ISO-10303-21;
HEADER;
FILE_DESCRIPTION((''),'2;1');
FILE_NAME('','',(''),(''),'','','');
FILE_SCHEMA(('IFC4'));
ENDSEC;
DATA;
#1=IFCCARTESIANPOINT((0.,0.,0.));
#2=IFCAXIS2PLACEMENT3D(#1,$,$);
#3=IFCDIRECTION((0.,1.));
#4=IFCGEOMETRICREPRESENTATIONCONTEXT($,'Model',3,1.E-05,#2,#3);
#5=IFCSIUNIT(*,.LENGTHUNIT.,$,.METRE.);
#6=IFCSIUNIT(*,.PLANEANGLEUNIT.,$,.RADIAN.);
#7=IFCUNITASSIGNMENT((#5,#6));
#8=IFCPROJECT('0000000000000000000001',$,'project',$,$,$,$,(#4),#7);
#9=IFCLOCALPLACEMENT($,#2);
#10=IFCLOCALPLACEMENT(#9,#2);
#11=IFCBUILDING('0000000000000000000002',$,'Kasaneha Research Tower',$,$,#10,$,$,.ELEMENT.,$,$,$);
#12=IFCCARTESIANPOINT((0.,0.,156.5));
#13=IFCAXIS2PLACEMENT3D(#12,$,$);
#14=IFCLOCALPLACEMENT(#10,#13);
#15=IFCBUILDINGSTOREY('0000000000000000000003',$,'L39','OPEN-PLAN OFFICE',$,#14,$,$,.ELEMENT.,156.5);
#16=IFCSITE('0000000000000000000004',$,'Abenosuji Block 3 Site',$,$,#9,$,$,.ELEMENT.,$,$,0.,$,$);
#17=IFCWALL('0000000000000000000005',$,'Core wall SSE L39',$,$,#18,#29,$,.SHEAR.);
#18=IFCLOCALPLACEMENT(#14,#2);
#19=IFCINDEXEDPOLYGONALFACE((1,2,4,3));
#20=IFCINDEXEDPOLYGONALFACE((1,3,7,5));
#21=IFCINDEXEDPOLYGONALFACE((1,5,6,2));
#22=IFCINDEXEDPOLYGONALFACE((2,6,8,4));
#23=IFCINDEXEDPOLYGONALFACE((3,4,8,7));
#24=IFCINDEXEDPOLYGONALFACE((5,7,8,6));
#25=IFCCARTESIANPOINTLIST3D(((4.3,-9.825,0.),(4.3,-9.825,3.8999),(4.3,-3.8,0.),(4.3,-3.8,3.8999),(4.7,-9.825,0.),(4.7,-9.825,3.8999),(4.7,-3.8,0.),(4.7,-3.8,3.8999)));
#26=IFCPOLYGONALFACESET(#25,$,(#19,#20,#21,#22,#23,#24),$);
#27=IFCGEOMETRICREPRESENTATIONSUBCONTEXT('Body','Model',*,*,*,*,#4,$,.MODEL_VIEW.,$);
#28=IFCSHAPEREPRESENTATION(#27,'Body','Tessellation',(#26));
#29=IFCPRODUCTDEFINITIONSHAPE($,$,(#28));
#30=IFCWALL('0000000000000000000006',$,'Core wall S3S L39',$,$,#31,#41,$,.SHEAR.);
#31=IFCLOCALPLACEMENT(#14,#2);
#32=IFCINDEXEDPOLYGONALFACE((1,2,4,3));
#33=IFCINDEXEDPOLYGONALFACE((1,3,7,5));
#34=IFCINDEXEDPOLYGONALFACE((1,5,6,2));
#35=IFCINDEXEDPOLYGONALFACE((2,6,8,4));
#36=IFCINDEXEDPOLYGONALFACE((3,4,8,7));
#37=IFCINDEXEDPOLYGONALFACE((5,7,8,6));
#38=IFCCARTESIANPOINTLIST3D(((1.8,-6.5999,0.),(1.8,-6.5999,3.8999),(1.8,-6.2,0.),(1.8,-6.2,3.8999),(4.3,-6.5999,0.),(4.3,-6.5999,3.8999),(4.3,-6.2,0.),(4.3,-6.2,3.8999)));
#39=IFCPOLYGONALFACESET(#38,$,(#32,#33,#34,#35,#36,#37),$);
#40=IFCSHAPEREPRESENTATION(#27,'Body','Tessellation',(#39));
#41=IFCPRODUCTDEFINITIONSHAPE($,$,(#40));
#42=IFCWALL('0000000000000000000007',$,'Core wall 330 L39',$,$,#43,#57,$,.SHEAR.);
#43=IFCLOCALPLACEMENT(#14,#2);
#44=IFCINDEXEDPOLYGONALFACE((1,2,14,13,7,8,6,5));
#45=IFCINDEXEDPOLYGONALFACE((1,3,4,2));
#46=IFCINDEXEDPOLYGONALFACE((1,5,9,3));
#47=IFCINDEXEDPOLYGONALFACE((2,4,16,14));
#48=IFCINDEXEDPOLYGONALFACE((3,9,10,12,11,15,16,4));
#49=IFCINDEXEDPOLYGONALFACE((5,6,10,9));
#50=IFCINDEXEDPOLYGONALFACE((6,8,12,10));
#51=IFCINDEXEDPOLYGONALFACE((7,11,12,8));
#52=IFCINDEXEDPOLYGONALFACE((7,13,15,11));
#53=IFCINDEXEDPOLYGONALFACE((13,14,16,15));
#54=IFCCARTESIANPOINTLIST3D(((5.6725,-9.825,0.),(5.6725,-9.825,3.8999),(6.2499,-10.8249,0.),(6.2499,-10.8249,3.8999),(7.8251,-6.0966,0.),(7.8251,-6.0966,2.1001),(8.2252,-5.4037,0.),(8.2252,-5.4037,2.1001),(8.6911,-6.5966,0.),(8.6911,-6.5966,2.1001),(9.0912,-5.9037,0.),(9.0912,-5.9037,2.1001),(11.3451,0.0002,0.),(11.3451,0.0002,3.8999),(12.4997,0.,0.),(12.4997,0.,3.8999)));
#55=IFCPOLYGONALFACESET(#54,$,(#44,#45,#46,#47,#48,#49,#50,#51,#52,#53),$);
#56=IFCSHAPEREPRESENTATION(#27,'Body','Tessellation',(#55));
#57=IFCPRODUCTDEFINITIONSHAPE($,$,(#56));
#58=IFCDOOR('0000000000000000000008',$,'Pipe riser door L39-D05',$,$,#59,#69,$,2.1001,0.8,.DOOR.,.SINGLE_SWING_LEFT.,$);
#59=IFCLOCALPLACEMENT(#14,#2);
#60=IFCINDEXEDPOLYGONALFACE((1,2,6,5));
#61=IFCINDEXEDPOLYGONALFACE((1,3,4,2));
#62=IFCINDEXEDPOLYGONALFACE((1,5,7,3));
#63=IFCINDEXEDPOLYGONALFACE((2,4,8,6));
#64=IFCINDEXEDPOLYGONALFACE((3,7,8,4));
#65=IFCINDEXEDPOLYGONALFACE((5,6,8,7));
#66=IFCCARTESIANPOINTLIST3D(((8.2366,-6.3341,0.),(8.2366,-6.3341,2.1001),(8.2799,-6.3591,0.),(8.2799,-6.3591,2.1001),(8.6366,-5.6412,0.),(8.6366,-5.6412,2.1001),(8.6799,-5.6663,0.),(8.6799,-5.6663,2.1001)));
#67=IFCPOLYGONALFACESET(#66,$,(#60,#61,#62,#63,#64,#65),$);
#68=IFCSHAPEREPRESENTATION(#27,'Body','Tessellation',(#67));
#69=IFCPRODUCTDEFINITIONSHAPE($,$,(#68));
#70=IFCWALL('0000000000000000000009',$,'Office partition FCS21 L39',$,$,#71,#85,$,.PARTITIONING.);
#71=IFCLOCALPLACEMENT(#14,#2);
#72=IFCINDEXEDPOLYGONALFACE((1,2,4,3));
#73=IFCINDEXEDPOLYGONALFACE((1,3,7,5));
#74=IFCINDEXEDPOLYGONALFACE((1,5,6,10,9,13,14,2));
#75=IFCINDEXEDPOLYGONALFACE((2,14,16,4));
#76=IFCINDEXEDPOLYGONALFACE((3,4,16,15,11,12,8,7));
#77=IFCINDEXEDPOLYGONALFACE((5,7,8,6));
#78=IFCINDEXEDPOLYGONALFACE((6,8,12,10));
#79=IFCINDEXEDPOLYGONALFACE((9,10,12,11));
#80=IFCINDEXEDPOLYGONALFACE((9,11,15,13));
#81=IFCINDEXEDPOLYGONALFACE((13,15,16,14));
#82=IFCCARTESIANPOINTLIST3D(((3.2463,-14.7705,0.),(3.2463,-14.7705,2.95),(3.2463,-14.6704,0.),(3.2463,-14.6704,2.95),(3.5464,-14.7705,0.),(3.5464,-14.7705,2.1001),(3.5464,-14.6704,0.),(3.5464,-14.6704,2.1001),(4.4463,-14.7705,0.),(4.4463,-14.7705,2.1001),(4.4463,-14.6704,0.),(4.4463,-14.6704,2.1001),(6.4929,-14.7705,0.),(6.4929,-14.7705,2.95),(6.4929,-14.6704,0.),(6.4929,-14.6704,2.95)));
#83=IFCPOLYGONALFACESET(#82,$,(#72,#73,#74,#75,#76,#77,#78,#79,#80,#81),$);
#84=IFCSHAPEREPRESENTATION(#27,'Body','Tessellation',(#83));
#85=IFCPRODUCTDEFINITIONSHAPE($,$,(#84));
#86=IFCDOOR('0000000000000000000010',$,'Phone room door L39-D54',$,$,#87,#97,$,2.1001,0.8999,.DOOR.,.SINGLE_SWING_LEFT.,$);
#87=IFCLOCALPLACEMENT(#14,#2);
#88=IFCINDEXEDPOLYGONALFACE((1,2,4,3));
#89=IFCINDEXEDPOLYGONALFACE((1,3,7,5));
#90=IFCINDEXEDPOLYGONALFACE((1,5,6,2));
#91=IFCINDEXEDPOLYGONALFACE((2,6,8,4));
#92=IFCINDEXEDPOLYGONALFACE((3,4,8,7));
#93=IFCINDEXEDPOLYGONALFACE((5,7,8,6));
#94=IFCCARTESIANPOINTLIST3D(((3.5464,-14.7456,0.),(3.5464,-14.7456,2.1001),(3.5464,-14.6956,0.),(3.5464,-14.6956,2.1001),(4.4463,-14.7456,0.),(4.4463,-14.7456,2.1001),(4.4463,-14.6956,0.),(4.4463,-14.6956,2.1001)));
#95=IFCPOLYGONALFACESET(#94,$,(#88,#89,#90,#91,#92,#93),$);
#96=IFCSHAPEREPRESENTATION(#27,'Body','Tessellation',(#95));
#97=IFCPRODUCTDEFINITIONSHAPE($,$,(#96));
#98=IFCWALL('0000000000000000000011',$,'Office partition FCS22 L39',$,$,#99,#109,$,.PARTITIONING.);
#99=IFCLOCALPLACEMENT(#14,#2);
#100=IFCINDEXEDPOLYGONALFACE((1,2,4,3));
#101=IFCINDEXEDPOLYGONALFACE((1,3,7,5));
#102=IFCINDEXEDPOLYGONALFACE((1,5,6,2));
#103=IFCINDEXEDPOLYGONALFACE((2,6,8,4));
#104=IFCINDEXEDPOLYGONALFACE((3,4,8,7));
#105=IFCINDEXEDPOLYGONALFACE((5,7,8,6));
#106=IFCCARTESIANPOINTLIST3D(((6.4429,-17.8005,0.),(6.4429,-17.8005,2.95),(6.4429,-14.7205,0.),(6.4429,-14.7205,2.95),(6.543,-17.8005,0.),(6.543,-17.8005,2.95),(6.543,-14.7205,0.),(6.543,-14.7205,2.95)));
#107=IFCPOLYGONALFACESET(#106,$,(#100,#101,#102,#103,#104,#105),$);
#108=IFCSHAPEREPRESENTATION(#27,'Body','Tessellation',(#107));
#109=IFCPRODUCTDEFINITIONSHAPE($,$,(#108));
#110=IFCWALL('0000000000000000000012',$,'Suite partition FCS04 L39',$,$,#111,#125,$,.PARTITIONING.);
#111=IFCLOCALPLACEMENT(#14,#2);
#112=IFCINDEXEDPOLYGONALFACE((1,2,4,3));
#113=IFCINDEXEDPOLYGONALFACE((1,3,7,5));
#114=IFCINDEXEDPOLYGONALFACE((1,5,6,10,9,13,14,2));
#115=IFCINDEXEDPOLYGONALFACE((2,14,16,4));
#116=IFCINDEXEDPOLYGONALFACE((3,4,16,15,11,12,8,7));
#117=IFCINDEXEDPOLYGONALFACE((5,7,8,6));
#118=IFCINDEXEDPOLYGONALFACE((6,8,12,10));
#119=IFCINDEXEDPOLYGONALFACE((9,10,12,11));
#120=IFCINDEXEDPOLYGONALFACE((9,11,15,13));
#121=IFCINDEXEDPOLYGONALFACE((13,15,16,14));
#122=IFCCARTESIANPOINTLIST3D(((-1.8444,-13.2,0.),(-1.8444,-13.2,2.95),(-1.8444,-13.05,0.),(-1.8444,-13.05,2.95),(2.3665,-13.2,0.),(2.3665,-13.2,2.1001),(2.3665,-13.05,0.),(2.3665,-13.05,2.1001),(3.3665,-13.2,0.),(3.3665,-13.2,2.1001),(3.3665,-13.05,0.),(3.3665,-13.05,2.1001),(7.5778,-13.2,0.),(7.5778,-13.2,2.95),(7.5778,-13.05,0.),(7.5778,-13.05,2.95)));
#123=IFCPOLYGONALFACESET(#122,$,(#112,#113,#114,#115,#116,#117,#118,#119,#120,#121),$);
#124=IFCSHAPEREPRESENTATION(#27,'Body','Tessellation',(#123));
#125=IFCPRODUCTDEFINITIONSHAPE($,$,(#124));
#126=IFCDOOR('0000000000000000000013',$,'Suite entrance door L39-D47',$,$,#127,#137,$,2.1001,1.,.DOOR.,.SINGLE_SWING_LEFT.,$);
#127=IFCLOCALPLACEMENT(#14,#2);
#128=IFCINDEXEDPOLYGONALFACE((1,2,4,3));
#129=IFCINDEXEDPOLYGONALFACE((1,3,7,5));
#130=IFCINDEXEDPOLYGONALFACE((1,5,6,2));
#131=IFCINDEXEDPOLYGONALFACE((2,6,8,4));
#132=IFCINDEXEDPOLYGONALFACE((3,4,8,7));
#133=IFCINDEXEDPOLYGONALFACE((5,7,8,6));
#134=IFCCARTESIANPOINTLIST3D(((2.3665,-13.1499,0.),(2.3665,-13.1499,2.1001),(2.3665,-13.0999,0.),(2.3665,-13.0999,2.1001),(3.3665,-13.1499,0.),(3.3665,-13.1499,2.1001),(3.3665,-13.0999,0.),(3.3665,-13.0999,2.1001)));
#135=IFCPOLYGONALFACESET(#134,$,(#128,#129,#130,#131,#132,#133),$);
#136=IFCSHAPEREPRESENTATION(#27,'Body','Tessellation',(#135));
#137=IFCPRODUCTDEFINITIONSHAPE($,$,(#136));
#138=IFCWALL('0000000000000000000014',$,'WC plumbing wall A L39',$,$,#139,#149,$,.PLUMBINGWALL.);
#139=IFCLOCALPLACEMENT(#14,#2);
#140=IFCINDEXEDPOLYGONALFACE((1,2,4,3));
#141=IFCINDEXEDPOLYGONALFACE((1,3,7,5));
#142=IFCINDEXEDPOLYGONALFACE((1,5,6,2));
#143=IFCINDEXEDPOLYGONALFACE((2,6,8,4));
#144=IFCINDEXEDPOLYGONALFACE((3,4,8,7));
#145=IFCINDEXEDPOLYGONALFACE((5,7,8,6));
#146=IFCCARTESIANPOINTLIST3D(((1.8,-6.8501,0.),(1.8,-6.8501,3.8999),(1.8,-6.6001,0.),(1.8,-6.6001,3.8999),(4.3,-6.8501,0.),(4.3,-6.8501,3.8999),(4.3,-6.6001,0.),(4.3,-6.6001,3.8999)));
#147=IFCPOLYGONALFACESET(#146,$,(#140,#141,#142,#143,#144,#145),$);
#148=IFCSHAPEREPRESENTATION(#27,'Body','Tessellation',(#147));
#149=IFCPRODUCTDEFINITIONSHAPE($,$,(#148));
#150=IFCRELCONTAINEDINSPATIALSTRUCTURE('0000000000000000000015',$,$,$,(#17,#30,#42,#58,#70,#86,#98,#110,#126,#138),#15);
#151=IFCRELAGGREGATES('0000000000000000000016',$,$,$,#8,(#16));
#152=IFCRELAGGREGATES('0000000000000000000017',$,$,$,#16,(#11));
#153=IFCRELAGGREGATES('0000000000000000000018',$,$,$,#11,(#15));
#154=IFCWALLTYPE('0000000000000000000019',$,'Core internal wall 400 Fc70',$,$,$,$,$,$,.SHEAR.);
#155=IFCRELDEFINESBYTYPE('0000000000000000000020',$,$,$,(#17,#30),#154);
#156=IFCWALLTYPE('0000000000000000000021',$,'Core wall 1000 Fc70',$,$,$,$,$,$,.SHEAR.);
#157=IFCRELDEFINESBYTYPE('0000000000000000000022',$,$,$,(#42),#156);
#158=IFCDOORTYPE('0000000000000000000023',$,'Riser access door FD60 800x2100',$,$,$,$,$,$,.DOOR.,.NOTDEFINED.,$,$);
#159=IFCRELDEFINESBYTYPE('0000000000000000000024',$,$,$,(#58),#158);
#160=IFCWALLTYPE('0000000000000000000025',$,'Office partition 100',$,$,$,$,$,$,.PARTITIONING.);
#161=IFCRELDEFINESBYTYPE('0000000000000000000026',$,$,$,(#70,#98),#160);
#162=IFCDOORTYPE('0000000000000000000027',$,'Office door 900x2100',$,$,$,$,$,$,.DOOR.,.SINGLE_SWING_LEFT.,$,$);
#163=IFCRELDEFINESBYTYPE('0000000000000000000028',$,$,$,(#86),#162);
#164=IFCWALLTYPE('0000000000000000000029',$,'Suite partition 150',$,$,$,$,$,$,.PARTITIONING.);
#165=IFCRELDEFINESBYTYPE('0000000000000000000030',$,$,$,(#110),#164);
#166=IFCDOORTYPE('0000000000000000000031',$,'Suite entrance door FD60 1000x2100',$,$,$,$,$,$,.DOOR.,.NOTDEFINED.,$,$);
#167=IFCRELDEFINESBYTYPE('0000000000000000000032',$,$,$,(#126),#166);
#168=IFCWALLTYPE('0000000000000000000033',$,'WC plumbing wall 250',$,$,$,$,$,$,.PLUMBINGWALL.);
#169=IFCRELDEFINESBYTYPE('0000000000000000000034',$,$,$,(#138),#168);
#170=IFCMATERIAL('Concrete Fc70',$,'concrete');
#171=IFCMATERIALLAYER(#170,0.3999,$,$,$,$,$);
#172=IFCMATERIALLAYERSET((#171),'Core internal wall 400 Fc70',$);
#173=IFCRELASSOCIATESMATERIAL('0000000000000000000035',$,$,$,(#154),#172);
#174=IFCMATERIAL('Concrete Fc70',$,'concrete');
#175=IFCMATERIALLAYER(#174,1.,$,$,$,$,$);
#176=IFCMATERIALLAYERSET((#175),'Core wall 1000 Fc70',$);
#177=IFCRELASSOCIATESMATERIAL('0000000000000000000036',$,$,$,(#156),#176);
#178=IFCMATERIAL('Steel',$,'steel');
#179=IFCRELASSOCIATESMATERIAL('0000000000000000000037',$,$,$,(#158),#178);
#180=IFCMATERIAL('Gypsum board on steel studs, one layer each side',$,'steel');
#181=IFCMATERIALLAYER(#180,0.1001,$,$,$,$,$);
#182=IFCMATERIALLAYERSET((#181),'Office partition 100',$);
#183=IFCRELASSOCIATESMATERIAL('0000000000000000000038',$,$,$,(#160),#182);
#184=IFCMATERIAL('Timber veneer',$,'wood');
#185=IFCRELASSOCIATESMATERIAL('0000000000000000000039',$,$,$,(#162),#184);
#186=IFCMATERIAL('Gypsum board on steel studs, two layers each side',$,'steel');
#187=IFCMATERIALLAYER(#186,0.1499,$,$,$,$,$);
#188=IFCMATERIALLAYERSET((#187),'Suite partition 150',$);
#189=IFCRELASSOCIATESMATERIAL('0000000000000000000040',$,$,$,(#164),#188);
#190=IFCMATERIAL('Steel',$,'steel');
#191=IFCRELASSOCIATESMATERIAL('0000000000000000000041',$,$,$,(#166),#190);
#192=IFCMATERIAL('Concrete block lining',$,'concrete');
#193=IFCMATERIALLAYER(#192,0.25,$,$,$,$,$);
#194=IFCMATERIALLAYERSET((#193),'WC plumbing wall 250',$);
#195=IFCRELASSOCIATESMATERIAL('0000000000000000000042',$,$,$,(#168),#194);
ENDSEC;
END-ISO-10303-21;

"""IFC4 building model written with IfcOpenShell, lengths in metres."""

from ifc_helpers import new_model, si_unit, direction, frame, frame_2d, origin, place, context, subcontext, project, spatial, polyline, rectangle, outline, extrude, material, layer, layer_set, type_object, element, fill, save


model = new_model("IFC4")

# Units and contexts
model_context = context("Model", 3, precision=1e-05, world=origin(), true_north=direction((0.0, 1.0)))
body_context = subcontext(model_context, "Body", "Model", "MODEL_VIEW")
ifc_project = project(units=[si_unit("LENGTHUNIT", "METRE"), si_unit("PLANEANGLEUNIT", "RADIAN")], contexts=[model_context])

# Site, building, storey
site_placement = place(None, origin())
site = spatial("IfcSite", under=ifc_project, at=site_placement, Name="Abenosuji Block 3 Site", CompositionType="ELEMENT", RefElevation=0.0)
building_placement = place(site_placement, origin())
building = spatial("IfcBuilding", under=site, at=building_placement, Name="Kasaneha Research Tower", CompositionType="ELEMENT")
storey_placement = place(building_placement, frame((0.0, 0.0, 156.5)))
storey = spatial("IfcBuildingStorey", under=building, at=storey_placement, Name="L39", Description="OPEN-PLAN OFFICE", CompositionType="ELEMENT", Elevation=156.5)

# Shared definitions
ifc_material_1 = material(Name="Concrete Fc70", Category="concrete")
ifc_layer_1 = layer(ifc_material_1, 0.3999)
ifc_layer_set_1 = layer_set([ifc_layer_1], Name="Core internal wall 400 Fc70")
wall_type_1 = type_object("IfcWallType", Name="Core internal wall 400 Fc70", PredefinedType="SHEAR", material=ifc_layer_set_1)

# Walls
wall_1_placement = place(storey_placement, frame((4.5, -3.8, 0.0), z_axis=(0.0, 0.0, 1.0), x_axis=(0.0, -1.0, 0.0)))
element("IfcWall", 1, at=wall_1_placement, inside=storey, type_object=wall_type_1, Name="Core wall SSE L39", PredefinedType="SHEAR", context=body_context, shape_type="SweptSolid", body=[
    extrude(rectangle(XDim=6.0249, YDim=0.3999, at=frame_2d((3.0125, 0.0))), origin(), (0.0, 0.0, 1.0), 3.8999),
])
wall_2_placement = place(storey_placement, frame((1.8, -6.3999, 0.0), z_axis=(0.0, 0.0, 1.0), x_axis=(1.0, 0.0, 0.0)))
element("IfcWall", 2, at=wall_2_placement, inside=storey, type_object=wall_type_1, Name="Core wall S3S L39", PredefinedType="SHEAR", context=body_context, shape_type="SweptSolid", body=[
    extrude(rectangle(XDim=2.5, YDim=0.3999, at=frame_2d((1.25, 0.0))), origin(), (0.0, 0.0, 1.0), 3.8999),
])

# Walls, openings, doors
ifc_material_2 = material(Name="Concrete Fc70", Category="concrete")
ifc_layer_2 = layer(ifc_material_2, 1.0)
ifc_layer_set_2 = layer_set([ifc_layer_2], Name="Core wall 1000 Fc70")
wall_type_2 = type_object("IfcWallType", Name="Core wall 1000 Fc70", PredefinedType="SHEAR", material=ifc_layer_set_2)
wall_3_placement = place(storey_placement, frame((5.9612, -10.325, 0.0), z_axis=(0.0, 0.0, 1.0), x_axis=(0.500004, 0.866023, 0.0)))
wall_3 = element("IfcWall", 3, at=wall_3_placement, inside=storey, type_object=wall_type_2, Name="Core wall 330 L39", PredefinedType="SHEAR", context=body_context, shape_type="SweptSolid", body=[
    extrude(outline(polyline([(-0.2886, -0.5), (4.594, -0.5), (5.394, -0.5), (12.2109, -0.5), (11.6338, 0.5), (5.394, 0.5), (4.594, 0.5), (0.2886, 0.5), (-0.2886, -0.5)])), origin(), (0.0, 0.0, 1.0), 3.8999),
])
opening_1_placement = place(wall_3_placement, frame((4.594, 0.0, 0.0)))
opening_1 = element("IfcOpeningElement", 4, at=opening_1_placement, cuts=wall_3, PredefinedType="OPENING", context=body_context, shape_type="SweptSolid", body=[
    extrude(rectangle(XDim=0.8, YDim=2.1001, at=frame_2d((0.3999, 1.05))), frame((0.0, 0.51, 0.0), z_axis=(0.0, -1.0, 0.0), x_axis=(1.0, 0.0, 0.0)), (0.0, 0.0, 1.0), 1.02),
])
ifc_material_3 = material(Name="Steel", Category="steel")
door_type_1 = type_object("IfcDoorType", Name="Riser access door FD60 800x2100", OperationType="NOTDEFINED", PredefinedType="DOOR", material=ifc_material_3)
door_1_placement = place(opening_1_placement, origin())
door_1 = element("IfcDoor", 5, at=door_1_placement, inside=storey, type_object=door_type_1, Name="Pipe riser door L39-D05", OperationType="SINGLE_SWING_LEFT", OverallHeight=2.1001, OverallWidth=0.8, PredefinedType="DOOR", context=body_context, shape_type="SweptSolid", body=[
    extrude(rectangle(XDim=0.8, YDim=2.1001, at=frame_2d((0.3999, 1.05))), frame((0.0, 0.0249, 0.0), z_axis=(0.0, -1.0, 0.0), x_axis=(1.0, 0.0, 0.0)), (0.0, 0.0, 1.0), 0.05),
])
fill(opening_1, door_1)
ifc_material_4 = material(Name="Gypsum board on steel studs, one layer each side", Category="steel")
ifc_layer_3 = layer(ifc_material_4, 0.1001)
ifc_layer_set_3 = layer_set([ifc_layer_3], Name="Office partition 100")
wall_type_3 = type_object("IfcWallType", Name="Office partition 100", PredefinedType="PARTITIONING", material=ifc_layer_set_3)
wall_4_placement = place(storey_placement, frame((3.2463, -14.7205, 0.0), z_axis=(0.0, 0.0, 1.0), x_axis=(1.0, 0.0, 0.0)))
wall_4 = element("IfcWall", 6, at=wall_4_placement, inside=storey, type_object=wall_type_3, Name="Office partition FCS21 L39", PredefinedType="PARTITIONING", context=body_context, shape_type="SweptSolid", body=[
    extrude(rectangle(XDim=3.2466, YDim=0.1001, at=frame_2d((1.6233, 0.0))), origin(), (0.0, 0.0, 1.0), 2.95),
])
opening_2_placement = place(wall_4_placement, frame((0.3, 0.0, 0.0)))
opening_2 = element("IfcOpeningElement", 7, at=opening_2_placement, cuts=wall_4, PredefinedType="OPENING", context=body_context, shape_type="SweptSolid", body=[
    extrude(rectangle(XDim=0.8999, YDim=2.1001, at=frame_2d((0.45, 1.05))), frame((0.0, 0.0601, 0.0), z_axis=(0.0, -1.0, 0.0), x_axis=(1.0, 0.0, 0.0)), (0.0, 0.0, 1.0), 0.1201),
])
ifc_material_5 = material(Name="Timber veneer", Category="wood")
door_type_2 = type_object("IfcDoorType", Name="Office door 900x2100", OperationType="SINGLE_SWING_LEFT", PredefinedType="DOOR", material=ifc_material_5)
door_2_placement = place(opening_2_placement, origin())
door_2 = element("IfcDoor", 8, at=door_2_placement, inside=storey, type_object=door_type_2, Name="Phone room door L39-D54", OperationType="SINGLE_SWING_LEFT", OverallHeight=2.1001, OverallWidth=0.8999, PredefinedType="DOOR", context=body_context, shape_type="SweptSolid", body=[
    extrude(rectangle(XDim=0.8999, YDim=2.1001, at=frame_2d((0.45, 1.05))), frame((0.0, 0.0249, 0.0), z_axis=(0.0, -1.0, 0.0), x_axis=(1.0, 0.0, 0.0)), (0.0, 0.0, 1.0), 0.05),
])
fill(opening_2, door_2)

# Wall
wall_5_placement = place(storey_placement, frame((6.4929, -14.7205, 0.0), z_axis=(0.0, 0.0, 1.0), x_axis=(0.0, -1.0, 0.0)))
element("IfcWall", 9, at=wall_5_placement, inside=storey, type_object=wall_type_3, Name="Office partition FCS22 L39", PredefinedType="PARTITIONING", context=body_context, shape_type="SweptSolid", body=[
    extrude(rectangle(XDim=3.0801, YDim=0.1001, at=frame_2d((1.54, 0.0))), origin(), (0.0, 0.0, 1.0), 2.95),
])

# Wall, opening, door
ifc_material_6 = material(Name="Gypsum board on steel studs, two layers each side", Category="steel")
ifc_layer_4 = layer(ifc_material_6, 0.1499)
ifc_layer_set_4 = layer_set([ifc_layer_4], Name="Suite partition 150")
wall_type_4 = type_object("IfcWallType", Name="Suite partition 150", PredefinedType="PARTITIONING", material=ifc_layer_set_4)
wall_6_placement = place(storey_placement, frame((7.5776, -13.125, 0.0), z_axis=(0.0, 0.0, 1.0), x_axis=(-1.0, 0.0, 0.0)))
wall_6 = element("IfcWall", 10, at=wall_6_placement, inside=storey, type_object=wall_type_4, Name="Suite partition FCS04 L39", PredefinedType="PARTITIONING", context=body_context, shape_type="SweptSolid", body=[
    extrude(rectangle(XDim=9.4221, YDim=0.1499, at=frame_2d((4.7109, 0.0))), origin(), (0.0, 0.0, 1.0), 2.95),
])
opening_3_placement = place(wall_6_placement, frame((4.2112, 0.0, 0.0)))
opening_3 = element("IfcOpeningElement", 11, at=opening_3_placement, cuts=wall_6, PredefinedType="OPENING", context=body_context, shape_type="SweptSolid", body=[
    extrude(rectangle(XDim=1.0, YDim=2.1001, at=frame_2d((0.5, 1.05))), frame((0.0, 0.085, 0.0), z_axis=(0.0, -1.0, 0.0), x_axis=(1.0, 0.0, 0.0)), (0.0, 0.0, 1.0), 0.1699),
])
ifc_material_7 = material(Name="Steel", Category="steel")
door_type_3 = type_object("IfcDoorType", Name="Suite entrance door FD60 1000x2100", OperationType="NOTDEFINED", PredefinedType="DOOR", material=ifc_material_7)
door_3_placement = place(opening_3_placement, origin())
door_3 = element("IfcDoor", 12, at=door_3_placement, inside=storey, type_object=door_type_3, Name="Suite entrance door L39-D47", OperationType="SINGLE_SWING_LEFT", OverallHeight=2.1001, OverallWidth=1.0, PredefinedType="DOOR", context=body_context, shape_type="SweptSolid", body=[
    extrude(rectangle(XDim=1.0, YDim=2.1001, at=frame_2d((0.5, 1.05))), frame((0.0, 0.0249, 0.0), z_axis=(0.0, -1.0, 0.0), x_axis=(1.0, 0.0, 0.0)), (0.0, 0.0, 1.0), 0.05),
])
fill(opening_3, door_3)

# Wall
ifc_material_8 = material(Name="Concrete block lining", Category="concrete")
ifc_layer_5 = layer(ifc_material_8, 0.25)
ifc_layer_set_5 = layer_set([ifc_layer_5], Name="WC plumbing wall 250")
wall_type_5 = type_object("IfcWallType", Name="WC plumbing wall 250", PredefinedType="PLUMBINGWALL", material=ifc_layer_set_5)
wall_7_placement = place(storey_placement, frame((1.8, -6.7251, 0.0), z_axis=(0.0, 0.0, 1.0), x_axis=(1.0, 0.0, 0.0)))
element("IfcWall", 13, at=wall_7_placement, inside=storey, type_object=wall_type_5, Name="WC plumbing wall A L39", PredefinedType="PLUMBINGWALL", context=body_context, shape_type="SweptSolid", body=[
    extrude(rectangle(XDim=2.5, YDim=0.25, at=frame_2d((1.25, 0.0))), origin(), (0.0, 0.0, 1.0), 3.8999),
])

save(model, "model.ifc")
